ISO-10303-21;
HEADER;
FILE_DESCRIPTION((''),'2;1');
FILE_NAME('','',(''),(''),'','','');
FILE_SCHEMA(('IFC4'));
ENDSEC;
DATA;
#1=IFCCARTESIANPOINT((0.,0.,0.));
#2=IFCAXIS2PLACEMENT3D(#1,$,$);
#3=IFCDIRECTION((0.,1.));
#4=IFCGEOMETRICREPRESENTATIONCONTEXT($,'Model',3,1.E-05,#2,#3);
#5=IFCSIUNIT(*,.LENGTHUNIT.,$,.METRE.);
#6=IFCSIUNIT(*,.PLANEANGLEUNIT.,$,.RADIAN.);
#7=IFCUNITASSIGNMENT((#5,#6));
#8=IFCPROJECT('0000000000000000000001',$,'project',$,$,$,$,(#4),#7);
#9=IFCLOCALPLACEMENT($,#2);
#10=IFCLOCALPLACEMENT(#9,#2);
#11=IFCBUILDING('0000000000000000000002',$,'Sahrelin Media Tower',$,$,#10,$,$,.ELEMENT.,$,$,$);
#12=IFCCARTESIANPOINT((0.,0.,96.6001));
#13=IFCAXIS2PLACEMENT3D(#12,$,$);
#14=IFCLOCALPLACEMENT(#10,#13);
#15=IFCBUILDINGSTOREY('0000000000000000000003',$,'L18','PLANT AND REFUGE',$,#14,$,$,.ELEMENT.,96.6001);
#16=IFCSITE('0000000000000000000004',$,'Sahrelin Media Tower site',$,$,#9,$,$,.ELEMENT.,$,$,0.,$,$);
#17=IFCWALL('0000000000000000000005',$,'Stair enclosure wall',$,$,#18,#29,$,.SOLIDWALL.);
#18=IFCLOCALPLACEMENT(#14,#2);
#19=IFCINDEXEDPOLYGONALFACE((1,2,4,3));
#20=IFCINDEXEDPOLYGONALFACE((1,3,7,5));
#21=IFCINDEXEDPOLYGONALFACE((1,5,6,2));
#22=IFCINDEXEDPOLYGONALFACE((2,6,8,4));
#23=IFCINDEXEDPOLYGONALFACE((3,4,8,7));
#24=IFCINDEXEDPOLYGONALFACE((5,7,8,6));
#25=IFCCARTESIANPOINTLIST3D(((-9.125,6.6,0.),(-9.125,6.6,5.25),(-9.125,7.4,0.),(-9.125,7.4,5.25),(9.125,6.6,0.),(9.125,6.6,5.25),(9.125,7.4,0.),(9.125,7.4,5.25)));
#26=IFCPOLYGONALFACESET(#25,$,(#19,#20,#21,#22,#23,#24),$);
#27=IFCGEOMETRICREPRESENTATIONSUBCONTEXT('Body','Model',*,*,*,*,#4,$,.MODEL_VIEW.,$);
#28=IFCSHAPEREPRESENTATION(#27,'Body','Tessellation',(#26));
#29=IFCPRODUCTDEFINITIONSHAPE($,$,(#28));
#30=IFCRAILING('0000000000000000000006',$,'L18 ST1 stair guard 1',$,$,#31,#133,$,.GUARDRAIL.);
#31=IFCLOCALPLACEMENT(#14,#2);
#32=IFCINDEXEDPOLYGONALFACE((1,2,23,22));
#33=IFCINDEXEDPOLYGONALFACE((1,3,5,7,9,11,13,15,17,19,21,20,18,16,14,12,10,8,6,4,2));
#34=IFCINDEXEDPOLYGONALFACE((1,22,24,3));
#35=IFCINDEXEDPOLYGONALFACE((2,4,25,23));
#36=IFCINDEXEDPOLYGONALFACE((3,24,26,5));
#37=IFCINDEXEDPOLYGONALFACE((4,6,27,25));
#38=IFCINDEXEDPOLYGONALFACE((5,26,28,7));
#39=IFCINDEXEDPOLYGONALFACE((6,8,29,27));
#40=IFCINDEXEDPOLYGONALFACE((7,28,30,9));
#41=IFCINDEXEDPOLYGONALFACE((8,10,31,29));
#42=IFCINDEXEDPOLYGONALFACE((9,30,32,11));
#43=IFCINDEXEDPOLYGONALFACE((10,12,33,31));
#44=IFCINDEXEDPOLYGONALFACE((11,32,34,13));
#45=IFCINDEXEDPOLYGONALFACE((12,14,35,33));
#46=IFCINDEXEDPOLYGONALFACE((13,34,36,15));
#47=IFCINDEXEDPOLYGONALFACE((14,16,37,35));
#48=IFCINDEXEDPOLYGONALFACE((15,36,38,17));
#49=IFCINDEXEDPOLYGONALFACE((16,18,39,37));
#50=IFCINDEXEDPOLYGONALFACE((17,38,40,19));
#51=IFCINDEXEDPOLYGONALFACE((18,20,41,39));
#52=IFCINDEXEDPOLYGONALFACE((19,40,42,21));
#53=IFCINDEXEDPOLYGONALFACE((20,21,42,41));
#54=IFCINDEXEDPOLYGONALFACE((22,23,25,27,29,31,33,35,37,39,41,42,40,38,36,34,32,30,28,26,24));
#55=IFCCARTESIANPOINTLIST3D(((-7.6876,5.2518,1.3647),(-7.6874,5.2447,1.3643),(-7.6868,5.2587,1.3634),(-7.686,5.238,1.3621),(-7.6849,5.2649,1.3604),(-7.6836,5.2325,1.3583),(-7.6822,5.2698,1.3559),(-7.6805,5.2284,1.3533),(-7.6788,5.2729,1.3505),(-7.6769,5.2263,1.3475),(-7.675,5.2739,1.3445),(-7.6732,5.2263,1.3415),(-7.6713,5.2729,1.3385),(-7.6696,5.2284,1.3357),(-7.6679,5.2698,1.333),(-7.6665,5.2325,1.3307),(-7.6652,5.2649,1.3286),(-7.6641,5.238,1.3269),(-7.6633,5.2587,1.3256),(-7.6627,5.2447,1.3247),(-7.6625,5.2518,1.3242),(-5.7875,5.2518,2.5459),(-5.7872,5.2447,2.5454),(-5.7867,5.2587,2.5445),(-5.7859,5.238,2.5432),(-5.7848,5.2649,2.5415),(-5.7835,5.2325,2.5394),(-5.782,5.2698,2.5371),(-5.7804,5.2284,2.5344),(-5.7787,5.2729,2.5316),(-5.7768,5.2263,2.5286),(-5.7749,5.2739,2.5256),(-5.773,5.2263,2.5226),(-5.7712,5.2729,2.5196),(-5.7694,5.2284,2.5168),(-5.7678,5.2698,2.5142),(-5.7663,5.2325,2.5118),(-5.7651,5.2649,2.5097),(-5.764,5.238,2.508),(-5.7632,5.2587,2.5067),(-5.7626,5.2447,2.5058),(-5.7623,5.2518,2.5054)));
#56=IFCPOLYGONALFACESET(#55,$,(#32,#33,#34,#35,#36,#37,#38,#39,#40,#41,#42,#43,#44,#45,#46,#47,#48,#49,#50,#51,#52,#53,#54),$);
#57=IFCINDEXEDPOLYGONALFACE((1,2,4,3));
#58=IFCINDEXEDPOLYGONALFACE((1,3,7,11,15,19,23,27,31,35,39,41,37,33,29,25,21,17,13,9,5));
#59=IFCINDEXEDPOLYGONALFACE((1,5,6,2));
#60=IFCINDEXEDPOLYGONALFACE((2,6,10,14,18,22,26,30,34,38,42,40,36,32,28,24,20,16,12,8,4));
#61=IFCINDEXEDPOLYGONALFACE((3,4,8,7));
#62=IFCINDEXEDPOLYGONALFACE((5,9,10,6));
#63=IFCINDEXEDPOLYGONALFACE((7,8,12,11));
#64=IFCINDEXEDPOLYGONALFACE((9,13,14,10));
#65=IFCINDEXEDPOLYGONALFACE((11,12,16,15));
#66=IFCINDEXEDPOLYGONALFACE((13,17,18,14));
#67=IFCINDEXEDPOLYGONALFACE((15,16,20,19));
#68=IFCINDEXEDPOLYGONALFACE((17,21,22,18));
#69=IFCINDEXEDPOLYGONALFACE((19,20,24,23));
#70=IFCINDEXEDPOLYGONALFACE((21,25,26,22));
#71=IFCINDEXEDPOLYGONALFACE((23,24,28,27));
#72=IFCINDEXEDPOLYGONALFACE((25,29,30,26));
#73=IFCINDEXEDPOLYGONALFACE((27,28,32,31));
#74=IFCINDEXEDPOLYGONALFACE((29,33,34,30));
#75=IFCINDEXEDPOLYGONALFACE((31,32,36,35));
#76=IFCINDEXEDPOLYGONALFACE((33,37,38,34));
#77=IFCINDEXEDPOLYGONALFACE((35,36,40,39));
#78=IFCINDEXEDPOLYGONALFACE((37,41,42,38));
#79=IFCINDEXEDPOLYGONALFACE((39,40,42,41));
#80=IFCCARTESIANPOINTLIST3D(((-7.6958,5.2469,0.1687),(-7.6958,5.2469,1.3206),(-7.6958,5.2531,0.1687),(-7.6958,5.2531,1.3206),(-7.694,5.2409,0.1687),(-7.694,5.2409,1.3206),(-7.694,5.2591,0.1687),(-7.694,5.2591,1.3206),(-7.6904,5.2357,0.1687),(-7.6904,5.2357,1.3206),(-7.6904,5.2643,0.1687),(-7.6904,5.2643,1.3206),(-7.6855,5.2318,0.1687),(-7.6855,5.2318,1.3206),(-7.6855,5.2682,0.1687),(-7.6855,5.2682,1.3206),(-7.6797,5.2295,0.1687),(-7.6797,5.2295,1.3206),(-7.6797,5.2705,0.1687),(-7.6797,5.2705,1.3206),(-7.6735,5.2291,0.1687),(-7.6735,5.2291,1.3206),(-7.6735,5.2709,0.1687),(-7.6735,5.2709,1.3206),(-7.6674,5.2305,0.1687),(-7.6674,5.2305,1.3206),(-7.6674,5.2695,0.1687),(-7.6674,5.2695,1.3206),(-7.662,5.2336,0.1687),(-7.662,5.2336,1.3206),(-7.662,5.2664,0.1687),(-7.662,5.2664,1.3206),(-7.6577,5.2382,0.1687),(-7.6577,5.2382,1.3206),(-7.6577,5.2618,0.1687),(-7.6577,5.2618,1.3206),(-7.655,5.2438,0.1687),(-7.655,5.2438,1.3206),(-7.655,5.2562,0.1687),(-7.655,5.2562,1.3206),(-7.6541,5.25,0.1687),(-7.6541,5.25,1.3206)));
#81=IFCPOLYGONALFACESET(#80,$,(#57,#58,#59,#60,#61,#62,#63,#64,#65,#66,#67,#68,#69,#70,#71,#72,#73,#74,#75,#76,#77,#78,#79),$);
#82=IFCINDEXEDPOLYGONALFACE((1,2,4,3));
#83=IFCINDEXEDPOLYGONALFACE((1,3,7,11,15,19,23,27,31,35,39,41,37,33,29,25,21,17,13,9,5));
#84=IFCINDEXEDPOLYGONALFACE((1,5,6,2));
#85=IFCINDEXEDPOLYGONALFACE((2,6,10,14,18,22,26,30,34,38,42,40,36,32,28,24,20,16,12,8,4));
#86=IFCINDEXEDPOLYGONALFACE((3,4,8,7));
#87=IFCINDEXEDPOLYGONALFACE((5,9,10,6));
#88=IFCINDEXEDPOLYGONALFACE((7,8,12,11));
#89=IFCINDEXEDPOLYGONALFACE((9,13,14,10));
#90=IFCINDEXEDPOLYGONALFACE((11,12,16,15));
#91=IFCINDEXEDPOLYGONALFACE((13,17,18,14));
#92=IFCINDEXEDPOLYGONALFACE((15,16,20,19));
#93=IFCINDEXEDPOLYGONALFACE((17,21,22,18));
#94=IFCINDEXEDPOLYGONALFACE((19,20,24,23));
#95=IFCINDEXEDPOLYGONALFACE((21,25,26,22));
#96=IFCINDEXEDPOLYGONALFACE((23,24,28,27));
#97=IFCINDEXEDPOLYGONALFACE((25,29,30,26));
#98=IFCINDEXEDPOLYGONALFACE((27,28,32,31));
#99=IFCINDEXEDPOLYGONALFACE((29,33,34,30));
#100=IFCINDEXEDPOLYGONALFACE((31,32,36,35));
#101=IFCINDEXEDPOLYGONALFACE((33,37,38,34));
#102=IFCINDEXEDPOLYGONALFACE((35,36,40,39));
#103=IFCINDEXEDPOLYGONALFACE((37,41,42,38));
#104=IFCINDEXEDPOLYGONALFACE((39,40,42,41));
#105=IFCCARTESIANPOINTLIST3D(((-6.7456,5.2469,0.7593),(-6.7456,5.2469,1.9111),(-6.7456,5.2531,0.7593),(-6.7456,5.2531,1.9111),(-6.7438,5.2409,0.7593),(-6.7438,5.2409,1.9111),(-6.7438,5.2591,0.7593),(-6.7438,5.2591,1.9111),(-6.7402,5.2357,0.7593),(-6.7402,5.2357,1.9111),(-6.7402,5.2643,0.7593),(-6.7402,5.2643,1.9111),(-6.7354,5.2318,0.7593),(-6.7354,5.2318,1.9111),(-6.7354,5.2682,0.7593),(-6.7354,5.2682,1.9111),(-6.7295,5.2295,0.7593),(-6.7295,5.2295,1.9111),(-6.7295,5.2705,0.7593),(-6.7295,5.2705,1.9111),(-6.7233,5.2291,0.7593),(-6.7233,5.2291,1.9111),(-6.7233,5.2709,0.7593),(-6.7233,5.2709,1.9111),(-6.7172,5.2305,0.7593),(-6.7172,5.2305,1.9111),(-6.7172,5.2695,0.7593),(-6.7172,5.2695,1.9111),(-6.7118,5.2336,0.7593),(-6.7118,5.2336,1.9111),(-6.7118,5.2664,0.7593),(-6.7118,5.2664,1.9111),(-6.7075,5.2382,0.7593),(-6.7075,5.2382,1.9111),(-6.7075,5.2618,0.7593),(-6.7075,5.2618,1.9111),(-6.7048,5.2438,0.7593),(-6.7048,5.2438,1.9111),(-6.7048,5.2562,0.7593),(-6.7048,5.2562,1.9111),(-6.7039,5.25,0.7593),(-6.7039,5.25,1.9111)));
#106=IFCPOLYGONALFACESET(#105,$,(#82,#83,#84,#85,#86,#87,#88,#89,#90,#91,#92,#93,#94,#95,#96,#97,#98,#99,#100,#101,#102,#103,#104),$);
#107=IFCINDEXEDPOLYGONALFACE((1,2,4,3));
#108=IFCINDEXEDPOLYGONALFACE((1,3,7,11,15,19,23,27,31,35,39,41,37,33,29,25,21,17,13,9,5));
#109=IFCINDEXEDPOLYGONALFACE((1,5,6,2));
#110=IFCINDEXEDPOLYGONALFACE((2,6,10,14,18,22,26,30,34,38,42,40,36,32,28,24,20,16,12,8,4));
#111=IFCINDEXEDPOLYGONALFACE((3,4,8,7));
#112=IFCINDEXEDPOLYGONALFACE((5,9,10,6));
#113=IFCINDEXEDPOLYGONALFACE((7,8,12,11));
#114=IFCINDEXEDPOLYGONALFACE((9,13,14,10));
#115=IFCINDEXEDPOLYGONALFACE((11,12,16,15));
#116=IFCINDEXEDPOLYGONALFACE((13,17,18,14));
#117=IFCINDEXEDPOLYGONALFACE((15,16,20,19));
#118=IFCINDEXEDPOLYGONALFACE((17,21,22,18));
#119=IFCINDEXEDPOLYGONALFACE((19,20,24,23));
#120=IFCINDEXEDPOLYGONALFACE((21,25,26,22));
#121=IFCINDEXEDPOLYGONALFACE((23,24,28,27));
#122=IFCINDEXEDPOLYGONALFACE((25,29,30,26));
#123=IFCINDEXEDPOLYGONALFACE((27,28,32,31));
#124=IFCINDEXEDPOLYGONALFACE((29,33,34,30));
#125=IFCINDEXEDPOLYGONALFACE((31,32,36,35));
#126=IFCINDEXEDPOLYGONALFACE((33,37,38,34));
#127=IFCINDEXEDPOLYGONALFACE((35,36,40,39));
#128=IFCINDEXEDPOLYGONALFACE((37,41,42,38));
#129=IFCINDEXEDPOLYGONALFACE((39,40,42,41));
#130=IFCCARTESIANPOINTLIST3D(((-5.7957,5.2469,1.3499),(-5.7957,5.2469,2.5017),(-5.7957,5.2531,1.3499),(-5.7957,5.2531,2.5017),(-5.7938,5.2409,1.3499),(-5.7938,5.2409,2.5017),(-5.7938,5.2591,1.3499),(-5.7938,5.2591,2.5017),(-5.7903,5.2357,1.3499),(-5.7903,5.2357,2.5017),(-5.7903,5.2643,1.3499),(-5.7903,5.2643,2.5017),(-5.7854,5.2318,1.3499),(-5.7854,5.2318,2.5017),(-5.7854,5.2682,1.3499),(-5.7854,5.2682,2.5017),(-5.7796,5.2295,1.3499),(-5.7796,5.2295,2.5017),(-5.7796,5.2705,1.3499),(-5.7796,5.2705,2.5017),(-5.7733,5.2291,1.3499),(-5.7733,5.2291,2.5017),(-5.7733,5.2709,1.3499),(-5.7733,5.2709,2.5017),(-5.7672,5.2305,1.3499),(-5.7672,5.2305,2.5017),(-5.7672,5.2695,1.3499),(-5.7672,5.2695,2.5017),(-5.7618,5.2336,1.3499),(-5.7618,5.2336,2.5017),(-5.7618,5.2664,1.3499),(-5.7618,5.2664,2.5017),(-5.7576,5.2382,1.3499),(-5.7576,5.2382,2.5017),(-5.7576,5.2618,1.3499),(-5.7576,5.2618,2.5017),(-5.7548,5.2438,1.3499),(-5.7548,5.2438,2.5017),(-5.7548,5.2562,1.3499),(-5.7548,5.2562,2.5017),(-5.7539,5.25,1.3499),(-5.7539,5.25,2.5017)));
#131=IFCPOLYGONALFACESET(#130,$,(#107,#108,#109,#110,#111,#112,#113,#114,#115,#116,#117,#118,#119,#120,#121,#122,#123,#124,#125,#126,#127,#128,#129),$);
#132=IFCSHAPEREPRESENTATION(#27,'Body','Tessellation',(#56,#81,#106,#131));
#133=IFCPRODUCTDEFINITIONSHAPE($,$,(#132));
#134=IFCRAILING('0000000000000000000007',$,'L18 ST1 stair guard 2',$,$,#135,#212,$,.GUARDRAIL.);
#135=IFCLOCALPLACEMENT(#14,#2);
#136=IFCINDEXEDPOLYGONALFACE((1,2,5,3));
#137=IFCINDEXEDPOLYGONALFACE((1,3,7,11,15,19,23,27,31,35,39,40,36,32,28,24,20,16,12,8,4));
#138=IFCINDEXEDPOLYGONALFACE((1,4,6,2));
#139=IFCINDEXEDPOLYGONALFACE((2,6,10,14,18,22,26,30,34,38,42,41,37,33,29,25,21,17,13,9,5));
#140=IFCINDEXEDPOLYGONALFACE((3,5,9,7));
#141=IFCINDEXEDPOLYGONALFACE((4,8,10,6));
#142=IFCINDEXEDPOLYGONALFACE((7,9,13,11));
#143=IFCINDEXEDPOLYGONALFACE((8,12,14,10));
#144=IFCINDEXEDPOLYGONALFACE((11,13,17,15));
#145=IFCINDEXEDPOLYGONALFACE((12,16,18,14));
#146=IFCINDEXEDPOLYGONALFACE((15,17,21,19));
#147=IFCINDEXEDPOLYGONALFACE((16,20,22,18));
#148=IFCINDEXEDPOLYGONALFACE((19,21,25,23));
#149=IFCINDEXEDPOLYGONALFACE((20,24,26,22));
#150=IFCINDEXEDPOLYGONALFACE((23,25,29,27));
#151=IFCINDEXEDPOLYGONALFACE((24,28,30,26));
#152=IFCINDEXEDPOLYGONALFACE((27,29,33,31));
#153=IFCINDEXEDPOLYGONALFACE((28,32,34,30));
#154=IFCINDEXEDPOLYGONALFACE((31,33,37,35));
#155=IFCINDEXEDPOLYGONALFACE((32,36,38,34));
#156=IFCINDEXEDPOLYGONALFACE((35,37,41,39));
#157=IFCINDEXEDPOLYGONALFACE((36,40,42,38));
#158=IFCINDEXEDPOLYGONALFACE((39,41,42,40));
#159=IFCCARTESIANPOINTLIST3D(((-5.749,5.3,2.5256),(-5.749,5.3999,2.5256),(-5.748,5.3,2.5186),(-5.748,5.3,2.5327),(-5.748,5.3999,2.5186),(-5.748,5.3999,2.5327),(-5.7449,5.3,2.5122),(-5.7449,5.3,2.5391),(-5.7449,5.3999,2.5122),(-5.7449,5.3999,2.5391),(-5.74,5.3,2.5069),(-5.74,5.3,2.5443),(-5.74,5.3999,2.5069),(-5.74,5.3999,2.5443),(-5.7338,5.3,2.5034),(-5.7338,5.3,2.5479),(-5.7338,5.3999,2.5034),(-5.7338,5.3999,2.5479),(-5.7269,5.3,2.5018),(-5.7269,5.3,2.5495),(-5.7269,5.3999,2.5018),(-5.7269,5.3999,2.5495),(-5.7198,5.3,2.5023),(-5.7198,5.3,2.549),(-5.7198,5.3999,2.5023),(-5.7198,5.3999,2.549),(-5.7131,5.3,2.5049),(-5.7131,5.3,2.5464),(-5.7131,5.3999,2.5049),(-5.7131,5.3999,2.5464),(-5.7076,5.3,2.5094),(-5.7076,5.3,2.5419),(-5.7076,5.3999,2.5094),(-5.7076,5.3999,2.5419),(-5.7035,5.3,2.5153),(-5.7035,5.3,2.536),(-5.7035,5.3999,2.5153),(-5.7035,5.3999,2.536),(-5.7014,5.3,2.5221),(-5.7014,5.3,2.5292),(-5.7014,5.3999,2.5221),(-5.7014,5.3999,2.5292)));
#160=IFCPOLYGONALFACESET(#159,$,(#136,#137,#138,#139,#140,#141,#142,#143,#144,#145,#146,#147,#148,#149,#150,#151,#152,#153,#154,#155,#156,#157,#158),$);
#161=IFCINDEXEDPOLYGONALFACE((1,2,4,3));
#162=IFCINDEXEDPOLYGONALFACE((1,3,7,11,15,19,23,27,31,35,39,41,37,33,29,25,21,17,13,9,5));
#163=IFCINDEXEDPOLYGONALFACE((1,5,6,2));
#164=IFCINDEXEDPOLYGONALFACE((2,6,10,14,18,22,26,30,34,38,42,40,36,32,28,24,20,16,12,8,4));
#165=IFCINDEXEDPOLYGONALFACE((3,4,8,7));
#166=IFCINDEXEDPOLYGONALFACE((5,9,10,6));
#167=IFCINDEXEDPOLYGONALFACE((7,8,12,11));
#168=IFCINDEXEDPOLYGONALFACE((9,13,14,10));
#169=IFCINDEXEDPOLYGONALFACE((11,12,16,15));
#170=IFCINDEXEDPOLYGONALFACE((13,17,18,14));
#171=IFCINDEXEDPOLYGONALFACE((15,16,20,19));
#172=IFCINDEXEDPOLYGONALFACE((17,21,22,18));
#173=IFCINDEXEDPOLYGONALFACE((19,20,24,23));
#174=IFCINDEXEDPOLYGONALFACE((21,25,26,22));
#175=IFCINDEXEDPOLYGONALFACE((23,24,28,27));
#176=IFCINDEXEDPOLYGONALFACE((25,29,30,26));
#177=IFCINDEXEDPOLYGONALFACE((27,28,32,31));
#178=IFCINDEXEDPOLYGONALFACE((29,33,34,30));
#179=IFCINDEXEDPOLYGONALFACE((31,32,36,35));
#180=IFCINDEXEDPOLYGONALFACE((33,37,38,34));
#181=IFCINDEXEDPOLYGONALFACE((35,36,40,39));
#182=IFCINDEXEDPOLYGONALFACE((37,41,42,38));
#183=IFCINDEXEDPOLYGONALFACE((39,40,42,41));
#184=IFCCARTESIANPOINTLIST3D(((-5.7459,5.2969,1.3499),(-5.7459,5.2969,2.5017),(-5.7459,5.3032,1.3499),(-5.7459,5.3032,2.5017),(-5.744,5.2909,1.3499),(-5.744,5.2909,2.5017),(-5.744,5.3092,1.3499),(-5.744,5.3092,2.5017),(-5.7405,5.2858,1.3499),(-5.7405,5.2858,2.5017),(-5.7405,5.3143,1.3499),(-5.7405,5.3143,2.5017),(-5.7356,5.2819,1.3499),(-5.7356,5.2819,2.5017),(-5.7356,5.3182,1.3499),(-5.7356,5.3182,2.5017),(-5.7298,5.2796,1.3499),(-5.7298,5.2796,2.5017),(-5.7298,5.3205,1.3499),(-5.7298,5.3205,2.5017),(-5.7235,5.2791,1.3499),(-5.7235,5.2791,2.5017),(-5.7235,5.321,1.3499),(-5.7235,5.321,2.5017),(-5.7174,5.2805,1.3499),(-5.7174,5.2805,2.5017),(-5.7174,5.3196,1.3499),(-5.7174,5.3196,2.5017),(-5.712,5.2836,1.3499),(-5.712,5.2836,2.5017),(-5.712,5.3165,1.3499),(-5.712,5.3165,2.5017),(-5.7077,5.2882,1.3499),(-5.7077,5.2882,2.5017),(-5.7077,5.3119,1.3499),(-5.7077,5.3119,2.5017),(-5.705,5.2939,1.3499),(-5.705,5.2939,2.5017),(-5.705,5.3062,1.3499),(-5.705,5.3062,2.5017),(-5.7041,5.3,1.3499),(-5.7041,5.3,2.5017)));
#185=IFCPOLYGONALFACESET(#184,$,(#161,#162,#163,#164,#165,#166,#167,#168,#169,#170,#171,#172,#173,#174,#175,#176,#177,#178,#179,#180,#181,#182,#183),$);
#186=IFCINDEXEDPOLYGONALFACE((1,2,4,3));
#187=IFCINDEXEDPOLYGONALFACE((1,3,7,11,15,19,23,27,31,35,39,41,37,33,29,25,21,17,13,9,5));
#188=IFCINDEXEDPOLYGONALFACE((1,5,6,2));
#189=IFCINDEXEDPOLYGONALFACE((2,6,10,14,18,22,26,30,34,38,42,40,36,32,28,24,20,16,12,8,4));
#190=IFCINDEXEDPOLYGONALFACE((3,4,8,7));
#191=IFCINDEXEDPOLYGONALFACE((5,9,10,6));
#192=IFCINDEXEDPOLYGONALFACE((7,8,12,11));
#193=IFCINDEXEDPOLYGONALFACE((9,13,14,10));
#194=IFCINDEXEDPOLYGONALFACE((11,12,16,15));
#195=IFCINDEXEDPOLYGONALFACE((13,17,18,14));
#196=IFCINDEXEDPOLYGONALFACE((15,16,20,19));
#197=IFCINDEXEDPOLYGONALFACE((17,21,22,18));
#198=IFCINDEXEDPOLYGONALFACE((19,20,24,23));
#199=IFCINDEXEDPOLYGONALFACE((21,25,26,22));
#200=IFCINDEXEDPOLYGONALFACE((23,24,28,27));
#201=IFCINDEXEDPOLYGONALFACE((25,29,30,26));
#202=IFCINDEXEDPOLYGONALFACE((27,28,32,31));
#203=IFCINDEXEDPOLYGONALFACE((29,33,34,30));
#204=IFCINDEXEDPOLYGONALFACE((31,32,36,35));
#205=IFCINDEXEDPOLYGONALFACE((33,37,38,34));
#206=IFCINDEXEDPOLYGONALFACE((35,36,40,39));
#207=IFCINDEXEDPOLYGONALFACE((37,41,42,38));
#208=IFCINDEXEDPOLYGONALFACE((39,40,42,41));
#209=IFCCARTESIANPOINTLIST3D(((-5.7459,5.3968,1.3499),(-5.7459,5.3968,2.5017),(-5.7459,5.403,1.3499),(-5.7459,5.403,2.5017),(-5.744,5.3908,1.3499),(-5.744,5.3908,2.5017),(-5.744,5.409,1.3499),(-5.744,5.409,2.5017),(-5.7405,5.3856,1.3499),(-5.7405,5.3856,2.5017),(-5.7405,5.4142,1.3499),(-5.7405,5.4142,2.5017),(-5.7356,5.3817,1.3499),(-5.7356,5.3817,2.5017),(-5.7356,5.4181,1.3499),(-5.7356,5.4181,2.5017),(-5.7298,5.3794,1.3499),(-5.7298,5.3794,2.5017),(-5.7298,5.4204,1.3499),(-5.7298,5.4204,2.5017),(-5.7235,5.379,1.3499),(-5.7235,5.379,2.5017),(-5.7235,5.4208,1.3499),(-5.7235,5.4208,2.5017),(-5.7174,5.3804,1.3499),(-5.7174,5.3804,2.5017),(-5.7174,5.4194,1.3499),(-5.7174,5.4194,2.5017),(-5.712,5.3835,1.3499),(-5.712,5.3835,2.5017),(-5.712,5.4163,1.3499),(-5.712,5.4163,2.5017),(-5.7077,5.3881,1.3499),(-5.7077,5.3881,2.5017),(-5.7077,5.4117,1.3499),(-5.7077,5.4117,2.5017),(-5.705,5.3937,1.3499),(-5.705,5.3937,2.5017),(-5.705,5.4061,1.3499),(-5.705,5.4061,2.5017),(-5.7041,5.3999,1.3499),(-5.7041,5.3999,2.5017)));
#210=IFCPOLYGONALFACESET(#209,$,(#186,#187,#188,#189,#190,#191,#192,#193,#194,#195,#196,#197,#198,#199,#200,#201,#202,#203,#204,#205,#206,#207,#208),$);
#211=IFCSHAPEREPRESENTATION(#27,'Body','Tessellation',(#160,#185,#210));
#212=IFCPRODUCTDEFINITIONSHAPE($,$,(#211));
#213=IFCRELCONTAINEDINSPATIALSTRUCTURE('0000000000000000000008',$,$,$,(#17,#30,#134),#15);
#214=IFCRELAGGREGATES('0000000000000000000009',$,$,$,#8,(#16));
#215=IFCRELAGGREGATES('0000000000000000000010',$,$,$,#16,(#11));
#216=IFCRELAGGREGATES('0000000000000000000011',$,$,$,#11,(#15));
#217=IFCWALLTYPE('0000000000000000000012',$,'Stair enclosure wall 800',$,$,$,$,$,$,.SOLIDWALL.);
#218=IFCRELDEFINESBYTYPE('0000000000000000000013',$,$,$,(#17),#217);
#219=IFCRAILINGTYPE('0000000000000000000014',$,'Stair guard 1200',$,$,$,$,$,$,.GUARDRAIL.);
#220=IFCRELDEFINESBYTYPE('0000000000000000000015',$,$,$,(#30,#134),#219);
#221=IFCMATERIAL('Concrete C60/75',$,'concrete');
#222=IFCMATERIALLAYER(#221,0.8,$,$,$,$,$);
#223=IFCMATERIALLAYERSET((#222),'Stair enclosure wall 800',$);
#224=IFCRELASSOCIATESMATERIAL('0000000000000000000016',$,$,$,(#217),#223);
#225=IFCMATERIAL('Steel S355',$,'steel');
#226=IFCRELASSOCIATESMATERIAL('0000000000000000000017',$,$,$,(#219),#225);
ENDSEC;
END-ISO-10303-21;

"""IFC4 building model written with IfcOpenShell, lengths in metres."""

from ifc_helpers import new_model, si_unit, direction, frame, frame_2d, origin, origin_2d, place, context, subcontext, project, spatial, rectangle, circle, extrude, material, layer, layer_set, type_object, element, save


model = new_model("IFC4")

# Units and contexts
model_context = context("Model", 3, precision=1e-05, world=origin(), true_north=direction((0.0, 1.0)))
body_context = subcontext(model_context, "Body", "Model", "MODEL_VIEW")
ifc_project = project(units=[si_unit("LENGTHUNIT", "METRE"), si_unit("PLANEANGLEUNIT", "RADIAN")], contexts=[model_context])

# Site, building, storey
site_placement = place(None, origin())
site = spatial("IfcSite", under=ifc_project, at=site_placement, Name="Sahrelin Media Tower site", CompositionType="ELEMENT", RefElevation=0.0)
building_placement = place(site_placement, origin())
building = spatial("IfcBuilding", under=site, at=building_placement, Name="Sahrelin Media Tower", CompositionType="ELEMENT")
storey_placement = place(building_placement, frame((0.0, 0.0, 96.6001)))
storey = spatial("IfcBuildingStorey", under=building, at=storey_placement, Name="L18", Description="PLANT AND REFUGE", CompositionType="ELEMENT", Elevation=96.6001)

# Shared definitions
ifc_material_1 = material(Name="Concrete C60/75", Category="concrete")

# Wall
ifc_layer_1 = layer(ifc_material_1, 0.8)
ifc_layer_set_1 = layer_set([ifc_layer_1], Name="Stair enclosure wall 800")
wall_type_1 = type_object("IfcWallType", Name="Stair enclosure wall 800", PredefinedType="SOLIDWALL", material=ifc_layer_set_1)
wall_1_placement = place(storey_placement, frame((-9.125, 7.0, 0.0), z_axis=(0.0, 0.0, 1.0), x_axis=(1.0, 0.0, 0.0)))
element("IfcWall", 1, at=wall_1_placement, inside=storey, type_object=wall_type_1, Name="Stair enclosure wall", PredefinedType="SOLIDWALL", context=body_context, shape_type="SweptSolid", body=[
    extrude(rectangle(XDim=18.25, YDim=0.8, at=frame_2d((9.125, 0.0))), origin(), (0.0, 0.0, 1.0), 5.25),
])

# Railings
ifc_material_2 = material(Name="Steel S355", Category="steel")
railing_type_1 = type_object("IfcRailingType", Name="Stair guard 1200", PredefinedType="GUARDRAIL", material=ifc_material_2)
railing_1_placement = place(storey_placement, frame((-7.675, 5.25, 0.1687)))
element("IfcRailing", 2, at=railing_1_placement, inside=storey, type_object=railing_type_1, Name="L18 ST1 stair guard 1", PredefinedType="GUARDRAIL", context=body_context, shape_type="SweptSolid", body=[
    extrude(circle(Radius=0.0239, at=origin_2d()), frame((0.0, 0.0, 1.1758), z_axis=(0.849289, 0.0, 0.527928), x_axis=(0.0, 1.0, 0.0)), (0.0, 0.0, 1.0), 2.2373),
    extrude(circle(Radius=0.021, at=origin_2d()), origin(), (0.0, 0.0, 1.0), 1.1519),
    extrude(circle(Radius=0.021, at=origin_2d()), frame((0.9502, 0.0, 0.5906)), (0.0, 0.0, 1.0), 1.1519),
    extrude(circle(Radius=0.021, at=origin_2d()), frame((1.9001, 0.0, 1.1812)), (0.0, 0.0, 1.0), 1.1519),
])
railing_2_placement = place(storey_placement, frame((-5.7251, 5.3, 1.3499)))
element("IfcRailing", 3, at=railing_2_placement, inside=storey, type_object=railing_type_1, Name="L18 ST1 stair guard 2", PredefinedType="GUARDRAIL", context=body_context, shape_type="SweptSolid", body=[
    extrude(circle(Radius=0.0239, at=origin_2d()), frame((0.0, 0.0, 1.1758), z_axis=(0.0, 1.0, 0.0), x_axis=(-1.0, 0.0, 0.0)), (0.0, 0.0, 1.0), 0.0999),
    extrude(circle(Radius=0.021, at=origin_2d()), origin(), (0.0, 0.0, 1.0), 1.1519),
    extrude(circle(Radius=0.021, at=origin_2d()), frame((0.0, 0.0999, 0.0)), (0.0, 0.0, 1.0), 1.1519),
])

save(model, "model.ifc")
